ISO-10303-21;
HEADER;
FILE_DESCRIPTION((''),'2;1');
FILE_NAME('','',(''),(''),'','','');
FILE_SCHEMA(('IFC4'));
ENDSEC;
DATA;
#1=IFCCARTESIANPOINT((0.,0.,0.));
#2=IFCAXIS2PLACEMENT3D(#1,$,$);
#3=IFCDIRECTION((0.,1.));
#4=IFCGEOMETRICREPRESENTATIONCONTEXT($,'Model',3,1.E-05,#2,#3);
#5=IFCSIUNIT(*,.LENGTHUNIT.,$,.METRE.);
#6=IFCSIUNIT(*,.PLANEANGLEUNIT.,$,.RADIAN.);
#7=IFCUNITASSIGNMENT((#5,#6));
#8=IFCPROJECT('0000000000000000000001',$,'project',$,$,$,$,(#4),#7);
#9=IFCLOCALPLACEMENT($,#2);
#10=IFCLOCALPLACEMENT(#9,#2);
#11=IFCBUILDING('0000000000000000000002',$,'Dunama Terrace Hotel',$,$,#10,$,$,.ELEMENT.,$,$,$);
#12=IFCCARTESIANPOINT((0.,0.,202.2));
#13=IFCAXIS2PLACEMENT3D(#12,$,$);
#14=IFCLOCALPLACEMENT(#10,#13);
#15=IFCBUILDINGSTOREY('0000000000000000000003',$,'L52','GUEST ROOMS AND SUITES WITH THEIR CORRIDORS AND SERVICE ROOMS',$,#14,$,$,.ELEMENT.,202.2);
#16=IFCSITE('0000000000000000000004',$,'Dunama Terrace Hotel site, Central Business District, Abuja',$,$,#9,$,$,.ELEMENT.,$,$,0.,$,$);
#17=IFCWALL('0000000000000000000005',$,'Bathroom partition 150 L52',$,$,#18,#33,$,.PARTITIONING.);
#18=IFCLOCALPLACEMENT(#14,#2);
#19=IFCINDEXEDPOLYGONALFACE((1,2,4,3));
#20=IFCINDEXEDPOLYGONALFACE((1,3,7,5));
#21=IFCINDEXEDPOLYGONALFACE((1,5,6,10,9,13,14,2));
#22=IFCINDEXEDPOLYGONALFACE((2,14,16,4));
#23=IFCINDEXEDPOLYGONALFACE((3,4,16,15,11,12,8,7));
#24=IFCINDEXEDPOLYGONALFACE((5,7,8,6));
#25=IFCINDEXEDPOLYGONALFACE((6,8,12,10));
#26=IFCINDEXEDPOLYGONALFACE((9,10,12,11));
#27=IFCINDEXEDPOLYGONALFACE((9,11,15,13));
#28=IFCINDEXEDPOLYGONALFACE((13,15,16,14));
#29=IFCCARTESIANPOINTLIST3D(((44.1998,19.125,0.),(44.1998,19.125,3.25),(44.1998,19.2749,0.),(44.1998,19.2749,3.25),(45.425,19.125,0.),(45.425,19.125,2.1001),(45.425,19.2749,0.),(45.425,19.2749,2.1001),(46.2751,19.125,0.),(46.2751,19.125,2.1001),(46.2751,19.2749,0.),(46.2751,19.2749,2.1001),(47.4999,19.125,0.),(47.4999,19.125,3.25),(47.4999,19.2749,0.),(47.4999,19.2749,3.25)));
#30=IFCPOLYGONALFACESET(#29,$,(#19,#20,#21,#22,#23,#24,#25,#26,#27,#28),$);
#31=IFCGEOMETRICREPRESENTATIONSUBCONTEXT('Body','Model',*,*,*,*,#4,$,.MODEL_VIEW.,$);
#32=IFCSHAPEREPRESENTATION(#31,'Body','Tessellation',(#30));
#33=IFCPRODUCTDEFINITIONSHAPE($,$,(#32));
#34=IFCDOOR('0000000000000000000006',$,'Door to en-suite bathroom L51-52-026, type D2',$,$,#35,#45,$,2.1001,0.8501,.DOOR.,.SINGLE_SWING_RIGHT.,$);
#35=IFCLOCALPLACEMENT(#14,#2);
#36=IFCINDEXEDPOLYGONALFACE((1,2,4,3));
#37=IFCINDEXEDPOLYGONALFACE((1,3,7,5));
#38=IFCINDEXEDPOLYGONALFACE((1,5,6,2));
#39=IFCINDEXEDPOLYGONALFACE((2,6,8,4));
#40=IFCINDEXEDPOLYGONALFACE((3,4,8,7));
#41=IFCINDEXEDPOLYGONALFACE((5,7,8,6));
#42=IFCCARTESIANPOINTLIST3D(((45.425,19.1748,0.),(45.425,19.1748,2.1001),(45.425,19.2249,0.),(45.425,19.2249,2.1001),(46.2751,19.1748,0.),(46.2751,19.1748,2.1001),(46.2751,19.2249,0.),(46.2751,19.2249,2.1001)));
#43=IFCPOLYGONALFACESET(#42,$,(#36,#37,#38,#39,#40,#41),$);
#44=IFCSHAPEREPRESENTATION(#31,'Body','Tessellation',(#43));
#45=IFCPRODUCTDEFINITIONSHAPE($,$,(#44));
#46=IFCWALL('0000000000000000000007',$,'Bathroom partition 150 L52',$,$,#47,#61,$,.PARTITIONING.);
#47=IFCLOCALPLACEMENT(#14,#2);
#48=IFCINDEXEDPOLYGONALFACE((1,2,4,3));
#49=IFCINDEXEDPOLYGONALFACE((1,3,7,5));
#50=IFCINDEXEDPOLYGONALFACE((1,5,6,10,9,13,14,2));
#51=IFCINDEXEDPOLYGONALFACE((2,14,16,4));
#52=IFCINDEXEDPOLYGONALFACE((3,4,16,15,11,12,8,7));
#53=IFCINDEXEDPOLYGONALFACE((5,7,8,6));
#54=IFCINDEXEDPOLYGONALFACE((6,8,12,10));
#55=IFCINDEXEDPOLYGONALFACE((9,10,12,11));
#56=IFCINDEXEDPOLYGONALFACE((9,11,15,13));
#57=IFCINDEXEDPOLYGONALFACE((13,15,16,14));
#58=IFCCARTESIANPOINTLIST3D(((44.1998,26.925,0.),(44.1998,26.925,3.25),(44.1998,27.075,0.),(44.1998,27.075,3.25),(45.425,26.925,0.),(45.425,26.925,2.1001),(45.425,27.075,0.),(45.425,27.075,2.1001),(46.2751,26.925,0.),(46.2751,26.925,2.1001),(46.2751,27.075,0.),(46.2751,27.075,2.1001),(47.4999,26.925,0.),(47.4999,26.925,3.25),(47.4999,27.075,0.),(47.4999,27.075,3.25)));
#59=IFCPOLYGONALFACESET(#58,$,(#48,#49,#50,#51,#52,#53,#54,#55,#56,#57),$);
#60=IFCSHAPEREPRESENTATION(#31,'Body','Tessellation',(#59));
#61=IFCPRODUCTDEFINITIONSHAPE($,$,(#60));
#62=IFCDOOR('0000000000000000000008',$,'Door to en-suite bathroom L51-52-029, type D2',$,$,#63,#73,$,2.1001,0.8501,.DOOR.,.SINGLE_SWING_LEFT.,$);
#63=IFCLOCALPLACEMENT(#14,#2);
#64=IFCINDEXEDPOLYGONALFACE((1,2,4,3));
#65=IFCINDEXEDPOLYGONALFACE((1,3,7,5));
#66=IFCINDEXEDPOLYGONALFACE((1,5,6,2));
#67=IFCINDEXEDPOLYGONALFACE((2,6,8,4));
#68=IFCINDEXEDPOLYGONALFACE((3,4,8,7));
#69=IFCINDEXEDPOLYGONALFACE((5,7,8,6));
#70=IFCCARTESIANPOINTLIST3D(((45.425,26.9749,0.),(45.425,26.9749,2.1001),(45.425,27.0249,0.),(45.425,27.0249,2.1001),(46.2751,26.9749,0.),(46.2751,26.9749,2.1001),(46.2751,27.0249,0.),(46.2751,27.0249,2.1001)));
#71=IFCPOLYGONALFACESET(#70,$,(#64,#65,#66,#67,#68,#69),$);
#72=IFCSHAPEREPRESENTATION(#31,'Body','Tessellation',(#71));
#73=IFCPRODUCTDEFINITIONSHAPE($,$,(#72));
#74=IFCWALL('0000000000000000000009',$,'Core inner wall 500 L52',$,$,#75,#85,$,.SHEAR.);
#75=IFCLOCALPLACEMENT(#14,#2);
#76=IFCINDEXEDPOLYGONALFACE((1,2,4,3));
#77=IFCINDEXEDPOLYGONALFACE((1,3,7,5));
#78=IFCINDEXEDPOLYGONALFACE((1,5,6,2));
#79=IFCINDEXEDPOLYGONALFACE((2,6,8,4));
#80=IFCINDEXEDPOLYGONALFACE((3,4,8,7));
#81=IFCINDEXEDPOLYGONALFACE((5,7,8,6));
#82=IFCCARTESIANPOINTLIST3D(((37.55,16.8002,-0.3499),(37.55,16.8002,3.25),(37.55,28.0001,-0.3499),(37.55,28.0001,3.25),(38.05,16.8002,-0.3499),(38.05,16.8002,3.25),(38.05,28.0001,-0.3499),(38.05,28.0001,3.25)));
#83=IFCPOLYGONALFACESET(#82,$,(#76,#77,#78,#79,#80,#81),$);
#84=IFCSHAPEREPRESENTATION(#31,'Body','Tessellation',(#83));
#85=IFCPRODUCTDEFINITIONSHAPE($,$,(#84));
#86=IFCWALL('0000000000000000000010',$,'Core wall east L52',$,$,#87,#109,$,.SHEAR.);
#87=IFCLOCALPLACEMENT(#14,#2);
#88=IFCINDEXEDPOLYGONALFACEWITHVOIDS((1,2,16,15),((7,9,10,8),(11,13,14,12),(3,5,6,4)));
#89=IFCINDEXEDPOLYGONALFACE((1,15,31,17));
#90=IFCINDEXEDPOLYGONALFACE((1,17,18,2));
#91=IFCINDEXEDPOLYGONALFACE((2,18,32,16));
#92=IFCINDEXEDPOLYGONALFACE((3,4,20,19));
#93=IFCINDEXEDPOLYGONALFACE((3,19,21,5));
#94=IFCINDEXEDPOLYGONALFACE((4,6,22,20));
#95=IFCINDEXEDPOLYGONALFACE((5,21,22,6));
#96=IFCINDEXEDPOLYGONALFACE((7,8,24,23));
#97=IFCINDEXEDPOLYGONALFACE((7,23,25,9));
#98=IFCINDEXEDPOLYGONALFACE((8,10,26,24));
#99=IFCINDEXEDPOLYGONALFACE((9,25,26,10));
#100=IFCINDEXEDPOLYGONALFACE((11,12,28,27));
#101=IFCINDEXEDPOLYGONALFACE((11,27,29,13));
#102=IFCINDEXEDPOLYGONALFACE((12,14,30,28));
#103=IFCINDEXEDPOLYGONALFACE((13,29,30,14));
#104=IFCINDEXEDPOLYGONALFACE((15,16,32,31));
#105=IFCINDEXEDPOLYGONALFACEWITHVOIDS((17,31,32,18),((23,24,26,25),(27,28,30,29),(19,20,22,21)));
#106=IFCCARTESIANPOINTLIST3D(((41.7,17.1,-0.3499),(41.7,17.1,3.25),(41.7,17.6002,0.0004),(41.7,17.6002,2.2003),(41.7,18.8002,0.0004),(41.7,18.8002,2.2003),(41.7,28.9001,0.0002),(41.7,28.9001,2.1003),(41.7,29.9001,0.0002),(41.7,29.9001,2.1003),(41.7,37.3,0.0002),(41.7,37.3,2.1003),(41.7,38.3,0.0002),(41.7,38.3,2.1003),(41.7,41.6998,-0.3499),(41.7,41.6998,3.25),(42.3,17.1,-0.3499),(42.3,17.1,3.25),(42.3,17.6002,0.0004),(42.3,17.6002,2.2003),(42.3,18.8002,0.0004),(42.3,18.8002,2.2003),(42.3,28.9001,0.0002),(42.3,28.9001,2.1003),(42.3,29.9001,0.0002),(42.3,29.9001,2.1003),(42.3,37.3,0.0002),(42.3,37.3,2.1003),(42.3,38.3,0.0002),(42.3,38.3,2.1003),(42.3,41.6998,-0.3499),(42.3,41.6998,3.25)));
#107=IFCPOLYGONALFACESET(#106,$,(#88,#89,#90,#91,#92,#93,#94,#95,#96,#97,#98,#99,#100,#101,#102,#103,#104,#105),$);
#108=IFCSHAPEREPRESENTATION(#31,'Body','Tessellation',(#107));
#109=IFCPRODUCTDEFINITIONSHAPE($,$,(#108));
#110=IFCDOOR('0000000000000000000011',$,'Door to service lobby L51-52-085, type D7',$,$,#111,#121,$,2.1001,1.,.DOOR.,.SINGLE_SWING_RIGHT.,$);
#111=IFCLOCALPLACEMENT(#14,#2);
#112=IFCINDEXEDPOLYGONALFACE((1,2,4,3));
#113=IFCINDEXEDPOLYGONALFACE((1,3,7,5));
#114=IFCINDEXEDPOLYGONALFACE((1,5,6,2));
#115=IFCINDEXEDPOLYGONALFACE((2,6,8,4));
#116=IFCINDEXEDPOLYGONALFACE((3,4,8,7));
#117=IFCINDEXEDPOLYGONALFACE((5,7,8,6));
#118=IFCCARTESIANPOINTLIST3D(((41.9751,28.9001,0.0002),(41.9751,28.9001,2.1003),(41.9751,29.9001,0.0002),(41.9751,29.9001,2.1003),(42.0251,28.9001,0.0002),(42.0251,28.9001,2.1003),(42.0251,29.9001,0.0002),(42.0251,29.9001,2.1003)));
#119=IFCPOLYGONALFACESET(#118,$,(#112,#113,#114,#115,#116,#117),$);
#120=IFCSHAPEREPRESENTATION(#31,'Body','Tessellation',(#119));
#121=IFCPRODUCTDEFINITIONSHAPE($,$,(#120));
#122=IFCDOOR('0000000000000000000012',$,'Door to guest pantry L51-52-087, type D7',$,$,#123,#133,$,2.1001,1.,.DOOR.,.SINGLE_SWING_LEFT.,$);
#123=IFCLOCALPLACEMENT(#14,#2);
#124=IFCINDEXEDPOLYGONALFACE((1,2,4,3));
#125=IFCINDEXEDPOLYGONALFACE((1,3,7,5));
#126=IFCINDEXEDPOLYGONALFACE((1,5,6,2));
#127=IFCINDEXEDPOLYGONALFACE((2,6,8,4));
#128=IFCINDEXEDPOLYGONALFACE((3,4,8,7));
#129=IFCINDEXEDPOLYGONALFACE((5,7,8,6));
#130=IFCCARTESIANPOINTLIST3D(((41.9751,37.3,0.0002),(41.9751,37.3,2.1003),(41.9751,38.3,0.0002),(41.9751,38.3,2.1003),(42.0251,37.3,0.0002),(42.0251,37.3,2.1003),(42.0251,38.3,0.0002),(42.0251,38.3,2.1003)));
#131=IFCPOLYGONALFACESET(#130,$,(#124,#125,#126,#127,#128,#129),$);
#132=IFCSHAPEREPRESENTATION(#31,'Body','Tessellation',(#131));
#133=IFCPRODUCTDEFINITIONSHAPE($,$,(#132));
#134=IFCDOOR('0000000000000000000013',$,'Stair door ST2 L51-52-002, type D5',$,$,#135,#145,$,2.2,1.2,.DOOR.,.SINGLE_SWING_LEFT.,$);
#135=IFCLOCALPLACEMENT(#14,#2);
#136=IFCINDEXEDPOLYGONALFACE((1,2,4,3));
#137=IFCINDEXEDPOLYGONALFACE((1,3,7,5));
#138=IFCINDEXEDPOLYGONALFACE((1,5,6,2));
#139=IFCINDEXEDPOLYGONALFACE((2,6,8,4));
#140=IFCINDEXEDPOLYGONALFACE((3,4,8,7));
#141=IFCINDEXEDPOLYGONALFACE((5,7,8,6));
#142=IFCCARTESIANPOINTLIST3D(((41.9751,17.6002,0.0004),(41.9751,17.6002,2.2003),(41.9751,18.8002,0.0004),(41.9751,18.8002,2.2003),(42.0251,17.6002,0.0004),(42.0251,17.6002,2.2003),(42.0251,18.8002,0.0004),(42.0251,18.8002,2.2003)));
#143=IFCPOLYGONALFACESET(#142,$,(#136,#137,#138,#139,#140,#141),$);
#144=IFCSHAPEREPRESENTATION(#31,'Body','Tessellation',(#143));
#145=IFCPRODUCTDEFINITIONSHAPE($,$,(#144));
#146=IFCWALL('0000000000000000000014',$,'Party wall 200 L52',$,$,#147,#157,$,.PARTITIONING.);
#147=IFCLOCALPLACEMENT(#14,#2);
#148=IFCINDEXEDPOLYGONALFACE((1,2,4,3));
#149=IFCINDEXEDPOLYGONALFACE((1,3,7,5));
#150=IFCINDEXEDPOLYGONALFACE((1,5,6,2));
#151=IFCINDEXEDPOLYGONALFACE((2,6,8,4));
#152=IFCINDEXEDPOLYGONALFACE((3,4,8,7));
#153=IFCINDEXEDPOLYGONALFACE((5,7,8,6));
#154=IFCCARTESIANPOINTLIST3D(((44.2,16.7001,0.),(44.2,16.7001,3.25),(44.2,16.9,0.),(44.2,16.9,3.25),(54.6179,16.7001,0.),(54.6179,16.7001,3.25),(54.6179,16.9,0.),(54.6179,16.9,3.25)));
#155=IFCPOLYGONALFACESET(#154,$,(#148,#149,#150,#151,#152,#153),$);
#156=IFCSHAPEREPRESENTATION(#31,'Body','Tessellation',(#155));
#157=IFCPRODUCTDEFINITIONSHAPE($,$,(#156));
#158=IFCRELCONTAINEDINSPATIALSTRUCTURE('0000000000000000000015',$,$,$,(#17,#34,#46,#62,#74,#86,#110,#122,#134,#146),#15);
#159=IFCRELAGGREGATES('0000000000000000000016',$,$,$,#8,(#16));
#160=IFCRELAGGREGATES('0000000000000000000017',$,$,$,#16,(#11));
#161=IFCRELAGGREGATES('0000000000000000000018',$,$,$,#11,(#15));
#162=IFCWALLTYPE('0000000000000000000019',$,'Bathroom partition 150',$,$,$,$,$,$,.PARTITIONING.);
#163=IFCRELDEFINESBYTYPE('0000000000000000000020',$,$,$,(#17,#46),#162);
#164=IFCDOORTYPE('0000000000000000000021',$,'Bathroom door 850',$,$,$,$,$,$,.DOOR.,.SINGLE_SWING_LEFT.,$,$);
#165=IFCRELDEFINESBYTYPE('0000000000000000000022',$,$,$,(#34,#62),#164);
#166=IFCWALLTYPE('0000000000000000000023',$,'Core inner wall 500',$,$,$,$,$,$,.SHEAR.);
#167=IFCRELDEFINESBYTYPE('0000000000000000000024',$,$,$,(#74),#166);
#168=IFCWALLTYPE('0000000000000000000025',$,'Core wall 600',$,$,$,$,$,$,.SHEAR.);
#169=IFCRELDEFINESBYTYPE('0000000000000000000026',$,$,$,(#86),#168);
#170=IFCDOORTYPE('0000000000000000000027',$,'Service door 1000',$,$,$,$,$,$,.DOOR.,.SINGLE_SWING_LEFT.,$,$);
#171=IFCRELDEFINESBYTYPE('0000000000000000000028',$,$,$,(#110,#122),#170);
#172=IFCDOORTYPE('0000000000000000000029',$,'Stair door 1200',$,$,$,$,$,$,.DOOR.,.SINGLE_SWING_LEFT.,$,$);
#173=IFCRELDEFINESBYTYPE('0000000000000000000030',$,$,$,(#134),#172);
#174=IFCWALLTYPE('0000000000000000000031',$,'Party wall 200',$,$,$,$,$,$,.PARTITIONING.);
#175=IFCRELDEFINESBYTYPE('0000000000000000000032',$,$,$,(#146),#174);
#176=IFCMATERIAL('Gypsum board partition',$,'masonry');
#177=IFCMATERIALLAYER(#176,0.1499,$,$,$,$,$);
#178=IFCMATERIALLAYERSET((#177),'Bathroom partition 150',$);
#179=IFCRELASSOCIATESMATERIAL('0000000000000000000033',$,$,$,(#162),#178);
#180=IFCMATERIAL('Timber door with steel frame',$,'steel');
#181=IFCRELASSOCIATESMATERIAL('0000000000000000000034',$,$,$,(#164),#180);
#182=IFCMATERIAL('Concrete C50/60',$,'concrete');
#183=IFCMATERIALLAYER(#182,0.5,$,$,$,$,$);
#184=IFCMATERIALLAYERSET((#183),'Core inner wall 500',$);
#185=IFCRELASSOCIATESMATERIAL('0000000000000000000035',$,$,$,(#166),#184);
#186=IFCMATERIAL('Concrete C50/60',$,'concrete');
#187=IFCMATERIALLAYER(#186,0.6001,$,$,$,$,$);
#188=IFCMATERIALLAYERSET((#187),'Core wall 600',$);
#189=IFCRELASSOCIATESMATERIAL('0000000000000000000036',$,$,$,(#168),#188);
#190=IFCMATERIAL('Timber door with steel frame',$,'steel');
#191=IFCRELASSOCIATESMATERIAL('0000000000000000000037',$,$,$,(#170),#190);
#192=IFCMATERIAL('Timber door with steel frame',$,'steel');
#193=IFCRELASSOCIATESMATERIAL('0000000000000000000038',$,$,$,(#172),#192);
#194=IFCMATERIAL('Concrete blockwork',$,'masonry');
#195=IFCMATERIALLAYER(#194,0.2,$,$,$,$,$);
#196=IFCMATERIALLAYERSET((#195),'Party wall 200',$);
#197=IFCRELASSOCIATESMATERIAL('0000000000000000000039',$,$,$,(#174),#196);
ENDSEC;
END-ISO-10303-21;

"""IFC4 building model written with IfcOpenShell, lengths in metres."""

from ifc_helpers import new_model, si_unit, direction, frame, frame_2d, origin, place, context, subcontext, project, spatial, rectangle, extrude, material, layer, layer_set, type_object, element, fill, save


model = new_model("IFC4")

# Units and contexts
model_context = context("Model", 3, precision=1e-05, world=origin(), true_north=direction((0.0, 1.0)))
body_context = subcontext(model_context, "Body", "Model", "MODEL_VIEW")
ifc_project = project(units=[si_unit("LENGTHUNIT", "METRE"), si_unit("PLANEANGLEUNIT", "RADIAN")], contexts=[model_context])

# Site, building, storey
site_placement = place(None, origin())
site = spatial("IfcSite", under=ifc_project, at=site_placement, Name="Dunama Terrace Hotel site, Central Business District, Abuja", CompositionType="ELEMENT", RefElevation=0.0)
building_placement = place(site_placement, origin())
building = spatial("IfcBuilding", under=site, at=building_placement, Name="Dunama Terrace Hotel", CompositionType="ELEMENT")
storey_placement = place(building_placement, frame((0.0, 0.0, 202.2)))
storey = spatial("IfcBuildingStorey", under=building, at=storey_placement, Name="L52", Description="GUEST ROOMS AND SUITES WITH THEIR CORRIDORS AND SERVICE ROOMS", CompositionType="ELEMENT", Elevation=202.2)

# Walls, openings, doors
ifc_material_1 = material(Name="Gypsum board partition", Category="masonry")
ifc_layer_1 = layer(ifc_material_1, 0.1499)
ifc_layer_set_1 = layer_set([ifc_layer_1], Name="Bathroom partition 150")
wall_type_1 = type_object("IfcWallType", Name="Bathroom partition 150", PredefinedType="PARTITIONING", material=ifc_layer_set_1)
wall_1_placement = place(storey_placement, frame((44.2, 19.2, 0.0), z_axis=(0.0, 0.0, 1.0), x_axis=(1.0, 0.0, 0.0)))
wall_1 = element("IfcWall", 1, at=wall_1_placement, inside=storey, type_object=wall_type_1, Name="Bathroom partition 150 L52", PredefinedType="PARTITIONING", context=body_context, shape_type="SweptSolid", body=[
    extrude(rectangle(XDim=3.3, YDim=0.1499, at=frame_2d((1.6499, 0.0))), origin(), (0.0, 0.0, 1.0), 3.25),
])
opening_1_placement = place(wall_1_placement, frame((1.2251, 0.0, 0.0)))
opening_1 = element("IfcOpeningElement", 2, at=opening_1_placement, cuts=wall_1, PredefinedType="OPENING", context=body_context, shape_type="SweptSolid", body=[
    extrude(rectangle(XDim=0.8501, YDim=2.1001, at=frame_2d((0.425, 1.05))), frame((0.0, 0.085, 0.0), z_axis=(0.0, -1.0, 0.0), x_axis=(1.0, 0.0, 0.0)), (0.0, 0.0, 1.0), 0.1699),
])
ifc_material_2 = material(Name="Timber door with steel frame", Category="steel")
door_type_1 = type_object("IfcDoorType", Name="Bathroom door 850", OperationType="SINGLE_SWING_LEFT", PredefinedType="DOOR", material=ifc_material_2)
door_1_placement = place(opening_1_placement, frame((0.8501, 0.0, 0.0), z_axis=(0.0, 0.0, 1.0), x_axis=(-1.0, 0.0, 0.0)))
door_1 = element("IfcDoor", 3, at=door_1_placement, inside=storey, type_object=door_type_1, Name="Door to en-suite bathroom L51-52-026, type D2", OperationType="SINGLE_SWING_RIGHT", OverallHeight=2.1001, OverallWidth=0.8501, PredefinedType="DOOR", context=body_context, shape_type="SweptSolid", body=[
    extrude(rectangle(XDim=0.8501, YDim=2.1001, at=frame_2d((0.425, 1.05))), frame((0.0, 0.0251, 0.0), z_axis=(0.0, -1.0, 0.0), x_axis=(1.0, 0.0, 0.0)), (0.0, 0.0, 1.0), 0.05),
])
fill(opening_1, door_1)
wall_2_placement = place(storey_placement, frame((44.2, 27.0, 0.0), z_axis=(0.0, 0.0, 1.0), x_axis=(1.0, 0.0, 0.0)))
wall_2 = element("IfcWall", 4, at=wall_2_placement, inside=storey, type_object=wall_type_1, Name="Bathroom partition 150 L52", PredefinedType="PARTITIONING", context=body_context, shape_type="SweptSolid", body=[
    extrude(rectangle(XDim=3.3, YDim=0.1499, at=frame_2d((1.6499, 0.0))), origin(), (0.0, 0.0, 1.0), 3.25),
])
opening_2_placement = place(wall_2_placement, frame((1.2251, 0.0, 0.0)))
opening_2 = element("IfcOpeningElement", 5, at=opening_2_placement, cuts=wall_2, PredefinedType="OPENING", context=body_context, shape_type="SweptSolid", body=[
    extrude(rectangle(XDim=0.8501, YDim=2.1001, at=frame_2d((0.425, 1.05))), frame((0.0, 0.085, 0.0), z_axis=(0.0, -1.0, 0.0), x_axis=(1.0, 0.0, 0.0)), (0.0, 0.0, 1.0), 0.1699),
])
door_2_placement = place(opening_2_placement, origin())
door_2 = element("IfcDoor", 6, at=door_2_placement, inside=storey, type_object=door_type_1, Name="Door to en-suite bathroom L51-52-029, type D2", OperationType="SINGLE_SWING_LEFT", OverallHeight=2.1001, OverallWidth=0.8501, PredefinedType="DOOR", context=body_context, shape_type="SweptSolid", body=[
    extrude(rectangle(XDim=0.8501, YDim=2.1001, at=frame_2d((0.425, 1.05))), frame((0.0, 0.0249, 0.0), z_axis=(0.0, -1.0, 0.0), x_axis=(1.0, 0.0, 0.0)), (0.0, 0.0, 1.0), 0.05),
])
fill(opening_2, door_2)

# Wall
ifc_material_3 = material(Name="Concrete C50/60", Category="concrete")
ifc_layer_2 = layer(ifc_material_3, 0.5)
ifc_layer_set_2 = layer_set([ifc_layer_2], Name="Core inner wall 500")
wall_type_2 = type_object("IfcWallType", Name="Core inner wall 500", PredefinedType="SHEAR", material=ifc_layer_set_2)
wall_3_placement = place(storey_placement, frame((37.8, 16.8, -0.3499), z_axis=(0.0, 0.0, 1.0), x_axis=(0.0, 1.0, 0.0)))
element("IfcWall", 7, at=wall_3_placement, inside=storey, type_object=wall_type_2, Name="Core inner wall 500 L52", PredefinedType="SHEAR", context=body_context, shape_type="SweptSolid", body=[
    extrude(rectangle(XDim=11.2, YDim=0.5, at=frame_2d((5.6001, 0.0))), origin(), (0.0, 0.0, 1.0), 3.5999),
])

# Wall, openings, doors
ifc_material_4 = material(Name="Concrete C50/60", Category="concrete")
ifc_layer_3 = layer(ifc_material_4, 0.6001)
ifc_layer_set_3 = layer_set([ifc_layer_3], Name="Core wall 600")
wall_type_3 = type_object("IfcWallType", Name="Core wall 600", PredefinedType="SHEAR", material=ifc_layer_set_3)
wall_4_placement = place(storey_placement, frame((42.0, 17.1001, -0.3499), z_axis=(0.0, 0.0, 1.0), x_axis=(0.0, 1.0, 0.0)))
wall_4 = element("IfcWall", 8, at=wall_4_placement, inside=storey, type_object=wall_type_3, Name="Core wall east L52", PredefinedType="SHEAR", context=body_context, shape_type="SweptSolid", body=[
    extrude(rectangle(XDim=24.5999, YDim=0.6001, at=frame_2d((12.2998, 0.0))), origin(), (0.0, 0.0, 1.0), 3.5999),
])
opening_3_placement = place(wall_4_placement, frame((0.5, 0.0, 0.3501)))
opening_3 = element("IfcOpeningElement", 9, at=opening_3_placement, cuts=wall_4, PredefinedType="OPENING", context=body_context, shape_type="SweptSolid", body=[
    extrude(rectangle(XDim=1.2, YDim=2.2, at=frame_2d((0.6001, 1.1001))), frame((0.0, 0.3101, 0.0), z_axis=(0.0, -1.0, 0.0), x_axis=(1.0, 0.0, 0.0)), (0.0, 0.0, 1.0), 0.6201),
])
opening_4_placement = place(wall_4_placement, frame((11.8, 0.0, 0.3501)))
opening_4 = element("IfcOpeningElement", 10, at=opening_4_placement, cuts=wall_4, PredefinedType="OPENING", context=body_context, shape_type="SweptSolid", body=[
    extrude(rectangle(XDim=1.0, YDim=2.1001, at=frame_2d((0.5, 1.05))), frame((0.0, 0.3101, 0.0), z_axis=(0.0, -1.0, 0.0), x_axis=(1.0, 0.0, 0.0)), (0.0, 0.0, 1.0), 0.6201),
])
opening_5_placement = place(wall_4_placement, frame((20.2, 0.0, 0.3501)))
opening_5 = element("IfcOpeningElement", 11, at=opening_5_placement, cuts=wall_4, PredefinedType="OPENING", context=body_context, shape_type="SweptSolid", body=[
    extrude(rectangle(XDim=1.0, YDim=2.1001, at=frame_2d((0.5, 1.05))), frame((0.0, 0.3101, 0.0), z_axis=(0.0, -1.0, 0.0), x_axis=(1.0, 0.0, 0.0)), (0.0, 0.0, 1.0), 0.6201),
])
ifc_material_5 = material(Name="Timber door with steel frame", Category="steel")
door_type_2 = type_object("IfcDoorType", Name="Service door 1000", OperationType="SINGLE_SWING_LEFT", PredefinedType="DOOR", material=ifc_material_5)
door_3_placement = place(opening_4_placement, origin())
door_3 = element("IfcDoor", 12, at=door_3_placement, inside=storey, type_object=door_type_2, Name="Door to service lobby L51-52-085, type D7", OperationType="SINGLE_SWING_RIGHT", OverallHeight=2.1001, OverallWidth=1.0, PredefinedType="DOOR", context=body_context, shape_type="SweptSolid", body=[
    extrude(rectangle(XDim=1.0, YDim=2.1001, at=frame_2d((0.5, 1.05))), frame((0.0, 0.0249, 0.0), z_axis=(0.0, -1.0, 0.0), x_axis=(1.0, 0.0, 0.0)), (0.0, 0.0, 1.0), 0.05),
])
fill(opening_4, door_3)
door_4_placement = place(opening_5_placement, origin())
door_4 = element("IfcDoor", 13, at=door_4_placement, inside=storey, type_object=door_type_2, Name="Door to guest pantry L51-52-087, type D7", OperationType="SINGLE_SWING_LEFT", OverallHeight=2.1001, OverallWidth=1.0, PredefinedType="DOOR", context=body_context, shape_type="SweptSolid", body=[
    extrude(rectangle(XDim=1.0, YDim=2.1001, at=frame_2d((0.5, 1.05))), frame((0.0, 0.0249, 0.0), z_axis=(0.0, -1.0, 0.0), x_axis=(1.0, 0.0, 0.0)), (0.0, 0.0, 1.0), 0.05),
])
fill(opening_5, door_4)
ifc_material_6 = material(Name="Timber door with steel frame", Category="steel")
door_type_3 = type_object("IfcDoorType", Name="Stair door 1200", OperationType="SINGLE_SWING_LEFT", PredefinedType="DOOR", material=ifc_material_6)
door_5_placement = place(opening_3_placement, origin())
door_5 = element("IfcDoor", 14, at=door_5_placement, inside=storey, type_object=door_type_3, Name="Stair door ST2 L51-52-002, type D5", OperationType="SINGLE_SWING_LEFT", OverallHeight=2.2, OverallWidth=1.2, PredefinedType="DOOR", context=body_context, shape_type="SweptSolid", body=[
    extrude(rectangle(XDim=1.2, YDim=2.2, at=frame_2d((0.6001, 1.1001))), frame((0.0, 0.0249, 0.0), z_axis=(0.0, -1.0, 0.0), x_axis=(1.0, 0.0, 0.0)), (0.0, 0.0, 1.0), 0.05),
])
fill(opening_3, door_5)

# Wall
ifc_material_7 = material(Name="Concrete blockwork", Category="masonry")
ifc_layer_4 = layer(ifc_material_7, 0.2)
ifc_layer_set_4 = layer_set([ifc_layer_4], Name="Party wall 200")
wall_type_4 = type_object("IfcWallType", Name="Party wall 200", PredefinedType="PARTITIONING", material=ifc_layer_set_4)
wall_5_placement = place(storey_placement, frame((44.2, 16.8, 0.0), z_axis=(0.0, 0.0, 1.0), x_axis=(1.0, 0.0, 0.0)))
element("IfcWall", 15, at=wall_5_placement, inside=storey, type_object=wall_type_4, Name="Party wall 200 L52", PredefinedType="PARTITIONING", context=body_context, shape_type="SweptSolid", body=[
    extrude(rectangle(XDim=10.418, YDim=0.2, at=frame_2d((5.209, 0.0))), origin(), (0.0, 0.0, 1.0), 3.25),
])

save(model, "model.ifc")
